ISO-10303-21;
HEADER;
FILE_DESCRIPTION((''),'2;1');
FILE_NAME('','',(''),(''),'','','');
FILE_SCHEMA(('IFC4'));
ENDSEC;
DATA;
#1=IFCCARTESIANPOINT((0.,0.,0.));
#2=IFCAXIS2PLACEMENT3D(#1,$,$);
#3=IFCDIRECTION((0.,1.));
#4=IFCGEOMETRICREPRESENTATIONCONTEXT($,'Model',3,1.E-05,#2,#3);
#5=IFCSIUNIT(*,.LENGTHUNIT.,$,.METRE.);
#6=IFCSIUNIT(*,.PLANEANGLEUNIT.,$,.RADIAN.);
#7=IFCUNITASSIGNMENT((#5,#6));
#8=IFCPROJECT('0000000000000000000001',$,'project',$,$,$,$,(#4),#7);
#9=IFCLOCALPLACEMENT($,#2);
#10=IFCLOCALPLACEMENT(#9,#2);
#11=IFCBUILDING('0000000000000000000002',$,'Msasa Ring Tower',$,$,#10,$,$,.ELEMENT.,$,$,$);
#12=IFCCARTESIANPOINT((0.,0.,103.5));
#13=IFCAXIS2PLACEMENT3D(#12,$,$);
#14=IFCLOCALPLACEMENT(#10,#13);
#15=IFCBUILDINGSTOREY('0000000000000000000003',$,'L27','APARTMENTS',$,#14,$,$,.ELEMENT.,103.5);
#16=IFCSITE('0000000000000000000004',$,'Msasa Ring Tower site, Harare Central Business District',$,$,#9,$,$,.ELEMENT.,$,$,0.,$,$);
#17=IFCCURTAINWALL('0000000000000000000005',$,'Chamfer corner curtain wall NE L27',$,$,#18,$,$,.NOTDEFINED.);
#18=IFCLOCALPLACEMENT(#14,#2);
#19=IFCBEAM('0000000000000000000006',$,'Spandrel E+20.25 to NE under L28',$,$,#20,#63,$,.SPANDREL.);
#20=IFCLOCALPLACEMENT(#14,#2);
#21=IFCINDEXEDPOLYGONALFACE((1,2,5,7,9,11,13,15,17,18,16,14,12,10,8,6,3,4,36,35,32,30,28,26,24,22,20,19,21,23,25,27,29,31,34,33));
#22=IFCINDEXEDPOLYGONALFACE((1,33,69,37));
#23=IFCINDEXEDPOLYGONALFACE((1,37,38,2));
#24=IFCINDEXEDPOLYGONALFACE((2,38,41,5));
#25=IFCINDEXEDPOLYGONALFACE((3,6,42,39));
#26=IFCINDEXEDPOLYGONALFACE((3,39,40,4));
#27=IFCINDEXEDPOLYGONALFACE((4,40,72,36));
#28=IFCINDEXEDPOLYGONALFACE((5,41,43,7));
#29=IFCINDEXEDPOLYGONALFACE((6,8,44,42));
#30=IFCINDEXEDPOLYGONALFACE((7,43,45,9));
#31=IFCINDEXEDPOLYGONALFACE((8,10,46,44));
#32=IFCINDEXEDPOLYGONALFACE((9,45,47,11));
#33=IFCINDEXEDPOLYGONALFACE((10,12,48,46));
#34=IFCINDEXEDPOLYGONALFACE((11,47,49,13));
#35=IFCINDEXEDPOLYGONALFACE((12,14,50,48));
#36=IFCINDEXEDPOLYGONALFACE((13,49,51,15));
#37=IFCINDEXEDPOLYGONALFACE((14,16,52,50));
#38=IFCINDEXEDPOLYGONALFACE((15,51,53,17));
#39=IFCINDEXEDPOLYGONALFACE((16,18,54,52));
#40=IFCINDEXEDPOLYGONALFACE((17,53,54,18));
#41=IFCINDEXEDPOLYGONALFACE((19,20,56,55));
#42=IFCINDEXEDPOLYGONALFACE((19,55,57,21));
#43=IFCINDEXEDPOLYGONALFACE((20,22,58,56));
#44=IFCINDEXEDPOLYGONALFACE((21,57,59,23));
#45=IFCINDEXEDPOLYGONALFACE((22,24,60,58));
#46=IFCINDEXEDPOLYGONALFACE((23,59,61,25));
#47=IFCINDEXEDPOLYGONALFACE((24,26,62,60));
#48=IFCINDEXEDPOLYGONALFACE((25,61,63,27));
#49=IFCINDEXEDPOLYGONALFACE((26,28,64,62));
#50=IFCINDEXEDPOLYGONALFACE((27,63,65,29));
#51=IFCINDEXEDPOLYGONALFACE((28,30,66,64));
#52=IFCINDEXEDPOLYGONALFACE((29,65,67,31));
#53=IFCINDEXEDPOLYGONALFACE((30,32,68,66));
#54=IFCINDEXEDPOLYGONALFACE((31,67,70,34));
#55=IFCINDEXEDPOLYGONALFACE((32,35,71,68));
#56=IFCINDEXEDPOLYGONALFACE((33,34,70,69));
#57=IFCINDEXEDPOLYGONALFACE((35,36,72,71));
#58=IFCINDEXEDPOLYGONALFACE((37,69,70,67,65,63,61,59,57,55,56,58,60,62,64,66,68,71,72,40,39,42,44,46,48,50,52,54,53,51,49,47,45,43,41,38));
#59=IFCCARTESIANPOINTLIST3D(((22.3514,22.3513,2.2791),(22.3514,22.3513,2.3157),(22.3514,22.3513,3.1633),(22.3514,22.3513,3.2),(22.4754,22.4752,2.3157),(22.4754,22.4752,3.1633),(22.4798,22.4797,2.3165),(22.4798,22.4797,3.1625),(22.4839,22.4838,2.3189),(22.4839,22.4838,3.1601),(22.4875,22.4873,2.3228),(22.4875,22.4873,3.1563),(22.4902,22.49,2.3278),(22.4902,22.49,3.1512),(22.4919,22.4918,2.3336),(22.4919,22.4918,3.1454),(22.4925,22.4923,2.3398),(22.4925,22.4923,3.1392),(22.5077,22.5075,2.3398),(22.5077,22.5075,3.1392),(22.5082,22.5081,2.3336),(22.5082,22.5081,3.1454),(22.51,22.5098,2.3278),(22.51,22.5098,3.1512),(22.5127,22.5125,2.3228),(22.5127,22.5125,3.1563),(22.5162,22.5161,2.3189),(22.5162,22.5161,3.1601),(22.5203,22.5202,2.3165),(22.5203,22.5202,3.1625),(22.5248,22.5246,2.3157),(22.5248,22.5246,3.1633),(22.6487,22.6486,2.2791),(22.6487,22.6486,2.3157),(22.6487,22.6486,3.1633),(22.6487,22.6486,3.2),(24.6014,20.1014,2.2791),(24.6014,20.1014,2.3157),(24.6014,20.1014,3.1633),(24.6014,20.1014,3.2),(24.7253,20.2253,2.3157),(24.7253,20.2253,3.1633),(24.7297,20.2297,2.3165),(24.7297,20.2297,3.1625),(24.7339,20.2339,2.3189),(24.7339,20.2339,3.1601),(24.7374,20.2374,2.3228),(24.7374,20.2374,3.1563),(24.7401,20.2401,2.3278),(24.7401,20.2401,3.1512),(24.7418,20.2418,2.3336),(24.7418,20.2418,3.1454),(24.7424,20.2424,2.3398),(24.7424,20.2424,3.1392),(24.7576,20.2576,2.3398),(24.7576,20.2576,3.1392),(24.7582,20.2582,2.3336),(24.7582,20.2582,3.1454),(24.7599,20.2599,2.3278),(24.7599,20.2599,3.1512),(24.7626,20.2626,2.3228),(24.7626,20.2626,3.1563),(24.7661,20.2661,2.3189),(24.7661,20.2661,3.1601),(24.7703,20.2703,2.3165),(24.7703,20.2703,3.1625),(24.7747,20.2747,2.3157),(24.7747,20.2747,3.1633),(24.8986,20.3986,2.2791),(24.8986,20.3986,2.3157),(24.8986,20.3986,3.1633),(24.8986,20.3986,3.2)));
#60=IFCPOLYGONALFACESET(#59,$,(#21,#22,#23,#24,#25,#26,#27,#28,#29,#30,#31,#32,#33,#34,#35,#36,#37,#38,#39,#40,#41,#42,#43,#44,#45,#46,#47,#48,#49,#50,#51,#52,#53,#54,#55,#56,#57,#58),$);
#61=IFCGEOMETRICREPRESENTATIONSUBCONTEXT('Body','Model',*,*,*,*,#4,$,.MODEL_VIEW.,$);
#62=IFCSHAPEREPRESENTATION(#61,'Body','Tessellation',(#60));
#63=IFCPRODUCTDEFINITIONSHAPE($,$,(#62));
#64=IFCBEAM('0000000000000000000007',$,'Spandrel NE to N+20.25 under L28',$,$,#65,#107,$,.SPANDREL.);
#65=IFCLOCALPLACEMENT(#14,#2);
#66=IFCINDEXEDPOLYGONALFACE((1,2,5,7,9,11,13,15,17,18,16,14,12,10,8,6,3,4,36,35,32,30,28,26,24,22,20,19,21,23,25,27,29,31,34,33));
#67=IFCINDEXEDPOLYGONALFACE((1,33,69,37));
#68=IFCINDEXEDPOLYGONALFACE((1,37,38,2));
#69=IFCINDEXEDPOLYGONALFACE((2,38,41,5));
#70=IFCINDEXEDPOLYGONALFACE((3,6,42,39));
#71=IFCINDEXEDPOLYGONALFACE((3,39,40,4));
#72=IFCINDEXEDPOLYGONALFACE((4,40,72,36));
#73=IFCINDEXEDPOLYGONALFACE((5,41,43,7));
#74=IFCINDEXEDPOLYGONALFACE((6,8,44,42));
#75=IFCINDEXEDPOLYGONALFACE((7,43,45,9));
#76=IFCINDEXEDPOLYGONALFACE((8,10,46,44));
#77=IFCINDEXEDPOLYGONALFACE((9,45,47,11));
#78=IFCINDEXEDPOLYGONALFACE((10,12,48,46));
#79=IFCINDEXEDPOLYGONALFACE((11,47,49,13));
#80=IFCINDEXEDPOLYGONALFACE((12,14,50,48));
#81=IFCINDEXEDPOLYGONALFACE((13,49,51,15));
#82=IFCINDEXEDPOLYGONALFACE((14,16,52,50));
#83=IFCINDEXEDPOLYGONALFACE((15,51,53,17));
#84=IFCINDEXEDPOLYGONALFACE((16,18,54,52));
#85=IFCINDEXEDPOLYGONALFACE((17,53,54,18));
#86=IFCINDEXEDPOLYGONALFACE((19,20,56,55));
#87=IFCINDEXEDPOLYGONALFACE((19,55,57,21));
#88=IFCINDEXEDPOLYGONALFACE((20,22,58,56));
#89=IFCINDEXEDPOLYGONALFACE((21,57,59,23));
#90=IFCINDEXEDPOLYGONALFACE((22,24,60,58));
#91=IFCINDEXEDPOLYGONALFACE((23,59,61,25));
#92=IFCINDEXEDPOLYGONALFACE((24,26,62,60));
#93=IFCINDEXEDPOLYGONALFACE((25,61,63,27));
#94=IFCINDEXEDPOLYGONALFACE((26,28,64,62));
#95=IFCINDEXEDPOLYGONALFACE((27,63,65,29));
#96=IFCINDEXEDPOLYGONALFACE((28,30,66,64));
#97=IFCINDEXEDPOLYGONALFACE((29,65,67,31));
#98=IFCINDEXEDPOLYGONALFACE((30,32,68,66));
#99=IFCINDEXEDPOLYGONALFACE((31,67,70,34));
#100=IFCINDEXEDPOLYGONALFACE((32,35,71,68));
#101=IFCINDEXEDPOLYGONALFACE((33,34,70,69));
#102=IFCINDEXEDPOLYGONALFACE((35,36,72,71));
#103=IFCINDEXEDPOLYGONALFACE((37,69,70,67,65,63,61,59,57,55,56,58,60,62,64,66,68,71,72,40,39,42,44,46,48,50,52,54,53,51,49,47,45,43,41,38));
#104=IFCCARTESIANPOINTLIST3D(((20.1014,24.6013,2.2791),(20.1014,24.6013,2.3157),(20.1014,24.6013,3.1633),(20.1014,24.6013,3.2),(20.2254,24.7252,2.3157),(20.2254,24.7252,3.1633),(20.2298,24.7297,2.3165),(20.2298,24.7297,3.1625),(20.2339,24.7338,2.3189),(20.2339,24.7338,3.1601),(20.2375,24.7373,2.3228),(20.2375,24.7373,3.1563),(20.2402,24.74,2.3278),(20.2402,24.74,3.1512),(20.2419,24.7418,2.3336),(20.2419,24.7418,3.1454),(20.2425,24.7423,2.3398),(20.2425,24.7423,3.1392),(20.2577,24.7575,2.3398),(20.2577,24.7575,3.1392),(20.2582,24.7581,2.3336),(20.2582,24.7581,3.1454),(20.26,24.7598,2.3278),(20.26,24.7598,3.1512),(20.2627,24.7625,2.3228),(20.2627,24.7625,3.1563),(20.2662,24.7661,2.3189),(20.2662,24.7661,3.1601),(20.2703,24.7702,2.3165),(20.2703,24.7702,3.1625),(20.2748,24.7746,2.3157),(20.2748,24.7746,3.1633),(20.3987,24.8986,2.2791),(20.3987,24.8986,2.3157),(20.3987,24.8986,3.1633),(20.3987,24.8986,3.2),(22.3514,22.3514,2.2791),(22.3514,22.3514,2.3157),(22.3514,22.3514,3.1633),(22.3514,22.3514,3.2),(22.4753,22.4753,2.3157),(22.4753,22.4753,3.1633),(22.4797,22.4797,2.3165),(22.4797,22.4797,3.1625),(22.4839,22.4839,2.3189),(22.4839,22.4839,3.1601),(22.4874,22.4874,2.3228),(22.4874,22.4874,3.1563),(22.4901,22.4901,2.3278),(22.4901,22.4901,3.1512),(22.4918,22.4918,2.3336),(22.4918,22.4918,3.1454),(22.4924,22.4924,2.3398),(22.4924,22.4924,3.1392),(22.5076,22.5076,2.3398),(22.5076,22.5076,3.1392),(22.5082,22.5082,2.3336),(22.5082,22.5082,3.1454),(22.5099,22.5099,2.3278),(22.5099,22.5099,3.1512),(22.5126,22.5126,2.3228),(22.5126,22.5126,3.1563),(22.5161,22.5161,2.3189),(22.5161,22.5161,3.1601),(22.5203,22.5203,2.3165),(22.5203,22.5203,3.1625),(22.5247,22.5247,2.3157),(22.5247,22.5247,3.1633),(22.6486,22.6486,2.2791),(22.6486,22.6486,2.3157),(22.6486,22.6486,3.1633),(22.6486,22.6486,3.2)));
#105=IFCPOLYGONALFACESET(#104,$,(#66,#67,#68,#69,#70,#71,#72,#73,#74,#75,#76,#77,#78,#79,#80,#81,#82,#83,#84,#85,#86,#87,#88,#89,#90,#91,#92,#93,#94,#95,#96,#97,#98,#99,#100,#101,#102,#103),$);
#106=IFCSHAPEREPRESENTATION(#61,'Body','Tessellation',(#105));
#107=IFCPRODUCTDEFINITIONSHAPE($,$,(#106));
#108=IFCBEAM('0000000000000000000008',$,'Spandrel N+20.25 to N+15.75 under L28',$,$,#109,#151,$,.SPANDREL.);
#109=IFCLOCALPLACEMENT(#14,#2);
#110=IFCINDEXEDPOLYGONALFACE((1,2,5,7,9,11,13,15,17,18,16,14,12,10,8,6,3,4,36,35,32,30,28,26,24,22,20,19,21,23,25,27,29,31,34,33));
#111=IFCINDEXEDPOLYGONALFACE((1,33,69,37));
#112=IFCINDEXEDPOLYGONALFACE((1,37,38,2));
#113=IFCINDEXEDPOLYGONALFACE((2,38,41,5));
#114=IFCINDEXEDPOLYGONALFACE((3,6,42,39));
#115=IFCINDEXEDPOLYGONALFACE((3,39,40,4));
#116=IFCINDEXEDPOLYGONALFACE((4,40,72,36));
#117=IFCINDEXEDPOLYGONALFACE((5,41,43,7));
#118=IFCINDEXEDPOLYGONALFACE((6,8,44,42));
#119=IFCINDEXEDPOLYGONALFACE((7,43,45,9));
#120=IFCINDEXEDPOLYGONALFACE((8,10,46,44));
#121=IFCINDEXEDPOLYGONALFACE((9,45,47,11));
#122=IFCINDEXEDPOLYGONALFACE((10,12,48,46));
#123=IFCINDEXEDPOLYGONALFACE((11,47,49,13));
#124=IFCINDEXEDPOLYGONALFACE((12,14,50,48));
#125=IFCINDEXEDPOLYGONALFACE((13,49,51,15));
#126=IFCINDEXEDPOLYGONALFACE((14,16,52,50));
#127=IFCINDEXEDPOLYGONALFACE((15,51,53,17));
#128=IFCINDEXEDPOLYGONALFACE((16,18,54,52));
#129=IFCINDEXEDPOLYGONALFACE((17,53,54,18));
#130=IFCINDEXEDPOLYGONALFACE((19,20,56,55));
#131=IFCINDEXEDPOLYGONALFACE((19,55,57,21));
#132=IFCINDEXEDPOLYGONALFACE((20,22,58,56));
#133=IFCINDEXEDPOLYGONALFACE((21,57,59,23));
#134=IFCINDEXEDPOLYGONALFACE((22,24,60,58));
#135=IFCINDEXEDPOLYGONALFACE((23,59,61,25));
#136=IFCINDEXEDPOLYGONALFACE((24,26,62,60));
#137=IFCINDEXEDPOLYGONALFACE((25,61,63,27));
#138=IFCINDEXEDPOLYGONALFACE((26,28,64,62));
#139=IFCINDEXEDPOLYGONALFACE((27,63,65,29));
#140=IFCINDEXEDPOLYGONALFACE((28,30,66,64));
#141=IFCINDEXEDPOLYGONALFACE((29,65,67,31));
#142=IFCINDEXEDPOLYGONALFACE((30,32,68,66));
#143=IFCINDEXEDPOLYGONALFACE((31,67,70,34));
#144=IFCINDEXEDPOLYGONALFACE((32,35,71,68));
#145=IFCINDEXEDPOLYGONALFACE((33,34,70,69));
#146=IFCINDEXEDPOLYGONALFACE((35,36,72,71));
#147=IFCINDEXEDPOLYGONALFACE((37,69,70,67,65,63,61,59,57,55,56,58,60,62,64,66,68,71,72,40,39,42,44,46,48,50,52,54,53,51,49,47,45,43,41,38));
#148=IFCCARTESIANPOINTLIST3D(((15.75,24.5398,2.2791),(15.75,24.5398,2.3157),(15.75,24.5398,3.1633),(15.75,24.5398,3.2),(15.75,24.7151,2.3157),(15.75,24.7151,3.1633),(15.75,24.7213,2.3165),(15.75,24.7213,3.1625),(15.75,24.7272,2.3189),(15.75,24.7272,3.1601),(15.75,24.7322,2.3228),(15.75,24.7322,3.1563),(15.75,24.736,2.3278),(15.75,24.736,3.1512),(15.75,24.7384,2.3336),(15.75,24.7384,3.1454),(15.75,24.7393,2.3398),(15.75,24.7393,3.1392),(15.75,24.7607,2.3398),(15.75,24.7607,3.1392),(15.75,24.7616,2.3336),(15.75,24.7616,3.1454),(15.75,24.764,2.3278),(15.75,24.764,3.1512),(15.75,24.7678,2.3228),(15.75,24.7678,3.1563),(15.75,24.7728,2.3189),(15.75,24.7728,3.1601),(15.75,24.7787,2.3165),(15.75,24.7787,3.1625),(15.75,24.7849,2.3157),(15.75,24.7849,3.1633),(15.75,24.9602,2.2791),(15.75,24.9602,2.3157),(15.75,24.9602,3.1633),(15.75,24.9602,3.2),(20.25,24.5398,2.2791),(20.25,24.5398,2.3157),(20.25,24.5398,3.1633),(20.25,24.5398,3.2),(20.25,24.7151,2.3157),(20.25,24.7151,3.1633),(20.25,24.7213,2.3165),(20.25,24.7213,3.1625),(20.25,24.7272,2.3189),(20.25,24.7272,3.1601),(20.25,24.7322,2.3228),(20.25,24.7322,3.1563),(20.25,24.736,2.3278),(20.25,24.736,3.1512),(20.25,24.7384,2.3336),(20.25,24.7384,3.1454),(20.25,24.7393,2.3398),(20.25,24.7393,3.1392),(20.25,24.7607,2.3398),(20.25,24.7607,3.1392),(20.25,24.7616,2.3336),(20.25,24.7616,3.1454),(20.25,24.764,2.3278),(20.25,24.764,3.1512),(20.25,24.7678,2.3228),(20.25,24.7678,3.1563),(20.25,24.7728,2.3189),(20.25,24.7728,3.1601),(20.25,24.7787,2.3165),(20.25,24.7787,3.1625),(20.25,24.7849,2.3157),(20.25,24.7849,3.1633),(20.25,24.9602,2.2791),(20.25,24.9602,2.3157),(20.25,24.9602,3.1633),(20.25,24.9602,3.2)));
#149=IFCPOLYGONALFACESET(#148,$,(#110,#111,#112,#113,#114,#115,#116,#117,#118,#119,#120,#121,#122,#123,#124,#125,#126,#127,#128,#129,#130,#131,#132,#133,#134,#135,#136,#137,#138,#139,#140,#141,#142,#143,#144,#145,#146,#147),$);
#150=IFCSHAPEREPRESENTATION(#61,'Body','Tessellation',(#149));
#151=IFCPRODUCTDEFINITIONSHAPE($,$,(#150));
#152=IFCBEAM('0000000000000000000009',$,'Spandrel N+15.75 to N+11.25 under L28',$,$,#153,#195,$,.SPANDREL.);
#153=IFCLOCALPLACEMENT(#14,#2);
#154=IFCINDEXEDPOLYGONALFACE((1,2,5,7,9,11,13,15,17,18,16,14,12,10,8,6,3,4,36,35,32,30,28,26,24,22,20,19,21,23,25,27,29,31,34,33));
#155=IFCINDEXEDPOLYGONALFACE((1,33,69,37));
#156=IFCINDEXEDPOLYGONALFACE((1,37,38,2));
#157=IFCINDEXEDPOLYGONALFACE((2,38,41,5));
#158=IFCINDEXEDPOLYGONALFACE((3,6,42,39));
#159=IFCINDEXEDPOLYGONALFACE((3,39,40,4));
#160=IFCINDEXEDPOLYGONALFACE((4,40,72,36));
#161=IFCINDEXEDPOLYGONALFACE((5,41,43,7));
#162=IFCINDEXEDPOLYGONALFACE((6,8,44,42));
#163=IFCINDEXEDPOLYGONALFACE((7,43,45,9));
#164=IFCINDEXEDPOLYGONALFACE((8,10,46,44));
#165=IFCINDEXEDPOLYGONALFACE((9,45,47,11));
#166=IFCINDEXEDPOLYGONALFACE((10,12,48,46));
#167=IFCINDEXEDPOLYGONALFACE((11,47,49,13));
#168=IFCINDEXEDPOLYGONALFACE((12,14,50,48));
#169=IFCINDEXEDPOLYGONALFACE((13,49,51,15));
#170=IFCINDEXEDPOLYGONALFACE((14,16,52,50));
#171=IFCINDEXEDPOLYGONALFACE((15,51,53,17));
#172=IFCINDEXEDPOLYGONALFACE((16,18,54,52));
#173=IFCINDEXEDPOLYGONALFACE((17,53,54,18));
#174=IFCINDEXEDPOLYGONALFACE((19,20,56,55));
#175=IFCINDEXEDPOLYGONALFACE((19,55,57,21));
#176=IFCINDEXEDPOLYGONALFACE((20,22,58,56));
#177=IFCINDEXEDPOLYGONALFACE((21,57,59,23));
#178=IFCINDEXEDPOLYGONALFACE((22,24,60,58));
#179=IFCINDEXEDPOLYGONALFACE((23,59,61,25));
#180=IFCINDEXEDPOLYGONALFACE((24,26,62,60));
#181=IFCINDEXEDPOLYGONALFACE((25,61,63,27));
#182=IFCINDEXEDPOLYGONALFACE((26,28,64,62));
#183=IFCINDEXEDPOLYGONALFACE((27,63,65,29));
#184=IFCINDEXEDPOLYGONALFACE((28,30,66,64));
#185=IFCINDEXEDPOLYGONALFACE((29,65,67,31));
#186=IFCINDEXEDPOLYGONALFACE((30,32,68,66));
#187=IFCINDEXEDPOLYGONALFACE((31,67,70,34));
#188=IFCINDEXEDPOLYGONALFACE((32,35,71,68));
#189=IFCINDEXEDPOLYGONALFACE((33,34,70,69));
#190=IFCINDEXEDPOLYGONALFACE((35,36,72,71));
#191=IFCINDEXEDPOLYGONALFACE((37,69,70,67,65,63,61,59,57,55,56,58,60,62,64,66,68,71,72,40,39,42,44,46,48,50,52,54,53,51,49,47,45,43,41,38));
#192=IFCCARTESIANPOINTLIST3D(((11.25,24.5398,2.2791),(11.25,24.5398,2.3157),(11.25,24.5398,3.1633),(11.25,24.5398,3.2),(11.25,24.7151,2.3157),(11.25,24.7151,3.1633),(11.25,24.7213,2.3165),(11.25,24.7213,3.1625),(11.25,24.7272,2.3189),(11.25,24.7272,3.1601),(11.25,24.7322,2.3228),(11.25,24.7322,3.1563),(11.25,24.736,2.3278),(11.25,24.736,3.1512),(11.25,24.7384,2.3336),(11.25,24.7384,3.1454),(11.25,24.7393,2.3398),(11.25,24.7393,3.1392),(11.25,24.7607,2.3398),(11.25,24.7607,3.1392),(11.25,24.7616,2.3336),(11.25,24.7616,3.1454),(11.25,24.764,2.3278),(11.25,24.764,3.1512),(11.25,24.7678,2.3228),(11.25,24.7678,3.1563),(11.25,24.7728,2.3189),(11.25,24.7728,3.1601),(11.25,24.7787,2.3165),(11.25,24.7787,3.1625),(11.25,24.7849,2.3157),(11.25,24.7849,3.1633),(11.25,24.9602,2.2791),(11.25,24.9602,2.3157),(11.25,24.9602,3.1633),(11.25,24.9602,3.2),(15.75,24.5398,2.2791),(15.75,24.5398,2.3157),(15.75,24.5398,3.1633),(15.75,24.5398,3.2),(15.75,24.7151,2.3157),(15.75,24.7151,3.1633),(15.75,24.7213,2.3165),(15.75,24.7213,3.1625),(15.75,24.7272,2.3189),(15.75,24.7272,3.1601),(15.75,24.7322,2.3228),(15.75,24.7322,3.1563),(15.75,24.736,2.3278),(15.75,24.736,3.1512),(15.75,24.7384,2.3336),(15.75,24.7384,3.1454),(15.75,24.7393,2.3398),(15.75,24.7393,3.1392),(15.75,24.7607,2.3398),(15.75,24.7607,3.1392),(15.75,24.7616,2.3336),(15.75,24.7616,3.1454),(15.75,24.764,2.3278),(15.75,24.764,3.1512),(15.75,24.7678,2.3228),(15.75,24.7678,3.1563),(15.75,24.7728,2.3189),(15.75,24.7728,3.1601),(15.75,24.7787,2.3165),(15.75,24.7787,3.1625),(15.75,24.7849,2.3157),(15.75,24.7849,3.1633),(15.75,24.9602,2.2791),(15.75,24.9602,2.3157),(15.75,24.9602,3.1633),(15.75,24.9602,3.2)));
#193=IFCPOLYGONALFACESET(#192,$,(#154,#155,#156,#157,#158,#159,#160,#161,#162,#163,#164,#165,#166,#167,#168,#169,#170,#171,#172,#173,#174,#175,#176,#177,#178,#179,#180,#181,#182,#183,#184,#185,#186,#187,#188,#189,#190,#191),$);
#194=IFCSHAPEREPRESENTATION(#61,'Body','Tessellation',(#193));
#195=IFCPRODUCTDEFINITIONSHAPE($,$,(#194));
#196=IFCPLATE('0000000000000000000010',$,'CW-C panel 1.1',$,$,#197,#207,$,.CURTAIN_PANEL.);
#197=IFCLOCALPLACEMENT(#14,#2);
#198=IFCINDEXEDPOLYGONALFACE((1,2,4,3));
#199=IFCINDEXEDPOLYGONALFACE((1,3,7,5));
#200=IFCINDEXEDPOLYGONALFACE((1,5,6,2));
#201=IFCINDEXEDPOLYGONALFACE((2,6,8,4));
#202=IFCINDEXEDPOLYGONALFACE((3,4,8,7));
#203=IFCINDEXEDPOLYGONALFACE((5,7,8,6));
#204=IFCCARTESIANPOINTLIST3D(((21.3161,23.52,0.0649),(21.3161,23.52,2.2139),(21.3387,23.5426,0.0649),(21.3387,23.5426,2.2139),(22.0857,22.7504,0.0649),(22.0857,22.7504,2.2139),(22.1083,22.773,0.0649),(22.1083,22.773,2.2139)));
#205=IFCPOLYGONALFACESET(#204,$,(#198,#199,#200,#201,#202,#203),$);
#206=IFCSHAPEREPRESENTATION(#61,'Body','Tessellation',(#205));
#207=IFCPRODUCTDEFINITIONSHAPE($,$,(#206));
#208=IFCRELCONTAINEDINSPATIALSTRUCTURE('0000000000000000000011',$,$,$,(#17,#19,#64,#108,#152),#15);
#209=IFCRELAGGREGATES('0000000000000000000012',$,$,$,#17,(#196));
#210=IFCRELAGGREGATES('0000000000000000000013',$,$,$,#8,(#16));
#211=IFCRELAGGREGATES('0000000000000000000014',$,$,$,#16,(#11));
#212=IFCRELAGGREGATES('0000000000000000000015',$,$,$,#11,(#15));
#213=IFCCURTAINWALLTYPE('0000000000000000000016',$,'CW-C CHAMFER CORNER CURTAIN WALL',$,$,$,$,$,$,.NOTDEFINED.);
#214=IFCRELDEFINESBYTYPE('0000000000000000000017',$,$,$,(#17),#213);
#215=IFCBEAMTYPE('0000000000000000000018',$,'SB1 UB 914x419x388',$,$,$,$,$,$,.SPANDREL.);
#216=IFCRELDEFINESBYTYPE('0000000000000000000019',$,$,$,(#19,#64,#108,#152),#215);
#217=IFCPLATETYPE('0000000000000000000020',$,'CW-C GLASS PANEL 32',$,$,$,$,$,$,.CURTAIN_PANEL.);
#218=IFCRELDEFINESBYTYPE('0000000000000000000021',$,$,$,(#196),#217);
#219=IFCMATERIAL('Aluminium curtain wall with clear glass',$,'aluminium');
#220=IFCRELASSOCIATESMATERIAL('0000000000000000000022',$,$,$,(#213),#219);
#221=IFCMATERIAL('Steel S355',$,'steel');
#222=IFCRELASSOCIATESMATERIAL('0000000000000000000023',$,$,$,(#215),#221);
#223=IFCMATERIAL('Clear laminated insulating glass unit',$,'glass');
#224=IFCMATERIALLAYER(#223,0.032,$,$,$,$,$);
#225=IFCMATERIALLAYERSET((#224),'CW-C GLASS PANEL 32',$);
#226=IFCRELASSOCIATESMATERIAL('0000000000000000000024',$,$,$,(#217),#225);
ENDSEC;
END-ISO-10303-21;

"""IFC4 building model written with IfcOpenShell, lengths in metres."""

from ifc_helpers import new_model, si_unit, direction, frame, origin, origin_2d, place, context, subcontext, project, spatial, rectangle, i_section, extrude, material, layer, layer_set, material_profile, profile_set, type_object, element, aggregate, save


model = new_model("IFC4")

# Units and contexts
model_context = context("Model", 3, precision=1e-05, world=origin(), true_north=direction((0.0, 1.0)))
body_context = subcontext(model_context, "Body", "Model", "MODEL_VIEW")
ifc_project = project(units=[si_unit("LENGTHUNIT", "METRE"), si_unit("PLANEANGLEUNIT", "RADIAN")], contexts=[model_context])

# Site, building, storey
site_placement = place(None, origin())
site = spatial("IfcSite", under=ifc_project, at=site_placement, Name="Msasa Ring Tower site, Harare Central Business District", CompositionType="ELEMENT", RefElevation=0.0)
building_placement = place(site_placement, origin())
building = spatial("IfcBuilding", under=site, at=building_placement, Name="Msasa Ring Tower", CompositionType="ELEMENT")
storey_placement = place(building_placement, frame((0.0, 0.0, 103.5)))
storey = spatial("IfcBuildingStorey", under=building, at=storey_placement, Name="L27", Description="APARTMENTS", CompositionType="ELEMENT", Elevation=103.5)

# Curtain wall
ifc_material_1 = material(Name="Aluminium curtain wall with clear glass", Category="aluminium")
curtain_wall_type = type_object("IfcCurtainWallType", Name="CW-C CHAMFER CORNER CURTAIN WALL", PredefinedType="NOTDEFINED", material=ifc_material_1)
curtain_wall_1_placement = place(storey_placement, origin())
curtain_wall_1 = element("IfcCurtainWall", 1, at=curtain_wall_1_placement, inside=storey, type_object=curtain_wall_type, Name="Chamfer corner curtain wall NE L27", PredefinedType="NOTDEFINED")

# Beams
ifc_material_2 = material(Name="Steel S355", Category="steel")
ifc_material_profile_1 = material_profile(ifc_material_2, i_section(OverallWidth=0.4204, OverallDepth=0.9209, WebThickness=0.0215, FlangeThickness=0.0366, FilletRadius=0.0242, at=origin_2d()), Name="UB 914x419x388")
ifc_profile_set_1 = profile_set([ifc_material_profile_1], Name="Steel S355")
beam_type_1 = type_object("IfcBeamType", Name="SB1 UB 914x419x388", PredefinedType="SPANDREL", material=ifc_profile_set_1)
for number, where, z_axis, x_axis, name in (
    (2, (24.75, 20.25, 2.7395), (-0.707107, 0.707107, 0.0), (-0.707107, -0.707107, 0.0), "Spandrel E+20.25 to NE under L28"),
    (3, (22.5, 22.5, 2.7395), (-0.707107, 0.707107, 0.0), (-0.707107, -0.707107, 0.0), "Spandrel NE to N+20.25 under L28"),
):
    element("IfcBeam", number, at=place(storey_placement, frame(where, z_axis=z_axis, x_axis=x_axis)), inside=storey, type_object=beam_type_1, Name=name, PredefinedType="SPANDREL", context=body_context, shape_type="SweptSolid", body=[
        extrude(i_section(OverallWidth=0.4204, OverallDepth=0.9209, WebThickness=0.0215, FlangeThickness=0.0366, FilletRadius=0.0242, at=origin_2d()), origin(), (0.0, 0.0, 1.0), 3.1819),
    ])
for number, where, z_axis, x_axis, name in (
    (4, (20.25, 24.75, 2.7395), (-1.0, 0.0, 0.0), (0.0, -1.0, 0.0), "Spandrel N+20.25 to N+15.75 under L28"),
    (5, (15.75, 24.75, 2.7395), (-1.0, 0.0, 0.0), (0.0, -1.0, 0.0), "Spandrel N+15.75 to N+11.25 under L28"),
):
    element("IfcBeam", number, at=place(storey_placement, frame(where, z_axis=z_axis, x_axis=x_axis)), inside=storey, type_object=beam_type_1, Name=name, PredefinedType="SPANDREL", context=body_context, shape_type="SweptSolid", body=[
        extrude(i_section(OverallWidth=0.4204, OverallDepth=0.9209, WebThickness=0.0215, FlangeThickness=0.0366, FilletRadius=0.0242, at=origin_2d()), origin(), (0.0, 0.0, 1.0), 4.5),
    ])

# Plate
ifc_material_3 = material(Name="Clear laminated insulating glass unit", Category="glass")
ifc_layer_1 = layer(ifc_material_3, 0.032)
ifc_layer_set_1 = layer_set([ifc_layer_1], Name="CW-C GLASS PANEL 32")
plate_type = type_object("IfcPlateType", Name="CW-C GLASS PANEL 32", PredefinedType="CURTAIN_PANEL", material=ifc_layer_set_1)
plate_1_placement = place(storey_placement, frame((21.7122, 23.1465, 0.0649), z_axis=(0.0, 0.0, 1.0), x_axis=(-0.707107, 0.707107, 0.0)))
plate_1 = element("IfcPlate", 6, at=plate_1_placement, type_object=plate_type, Name="CW-C panel 1.1", PredefinedType="CURTAIN_PANEL", context=body_context, shape_type="SweptSolid", body=[
    extrude(rectangle(XDim=1.0884, YDim=0.032, at=origin_2d()), origin(), (0.0, 0.0, 1.0), 2.1489),
])
aggregate(curtain_wall_1, [plate_1])

save(model, "model.ifc")
